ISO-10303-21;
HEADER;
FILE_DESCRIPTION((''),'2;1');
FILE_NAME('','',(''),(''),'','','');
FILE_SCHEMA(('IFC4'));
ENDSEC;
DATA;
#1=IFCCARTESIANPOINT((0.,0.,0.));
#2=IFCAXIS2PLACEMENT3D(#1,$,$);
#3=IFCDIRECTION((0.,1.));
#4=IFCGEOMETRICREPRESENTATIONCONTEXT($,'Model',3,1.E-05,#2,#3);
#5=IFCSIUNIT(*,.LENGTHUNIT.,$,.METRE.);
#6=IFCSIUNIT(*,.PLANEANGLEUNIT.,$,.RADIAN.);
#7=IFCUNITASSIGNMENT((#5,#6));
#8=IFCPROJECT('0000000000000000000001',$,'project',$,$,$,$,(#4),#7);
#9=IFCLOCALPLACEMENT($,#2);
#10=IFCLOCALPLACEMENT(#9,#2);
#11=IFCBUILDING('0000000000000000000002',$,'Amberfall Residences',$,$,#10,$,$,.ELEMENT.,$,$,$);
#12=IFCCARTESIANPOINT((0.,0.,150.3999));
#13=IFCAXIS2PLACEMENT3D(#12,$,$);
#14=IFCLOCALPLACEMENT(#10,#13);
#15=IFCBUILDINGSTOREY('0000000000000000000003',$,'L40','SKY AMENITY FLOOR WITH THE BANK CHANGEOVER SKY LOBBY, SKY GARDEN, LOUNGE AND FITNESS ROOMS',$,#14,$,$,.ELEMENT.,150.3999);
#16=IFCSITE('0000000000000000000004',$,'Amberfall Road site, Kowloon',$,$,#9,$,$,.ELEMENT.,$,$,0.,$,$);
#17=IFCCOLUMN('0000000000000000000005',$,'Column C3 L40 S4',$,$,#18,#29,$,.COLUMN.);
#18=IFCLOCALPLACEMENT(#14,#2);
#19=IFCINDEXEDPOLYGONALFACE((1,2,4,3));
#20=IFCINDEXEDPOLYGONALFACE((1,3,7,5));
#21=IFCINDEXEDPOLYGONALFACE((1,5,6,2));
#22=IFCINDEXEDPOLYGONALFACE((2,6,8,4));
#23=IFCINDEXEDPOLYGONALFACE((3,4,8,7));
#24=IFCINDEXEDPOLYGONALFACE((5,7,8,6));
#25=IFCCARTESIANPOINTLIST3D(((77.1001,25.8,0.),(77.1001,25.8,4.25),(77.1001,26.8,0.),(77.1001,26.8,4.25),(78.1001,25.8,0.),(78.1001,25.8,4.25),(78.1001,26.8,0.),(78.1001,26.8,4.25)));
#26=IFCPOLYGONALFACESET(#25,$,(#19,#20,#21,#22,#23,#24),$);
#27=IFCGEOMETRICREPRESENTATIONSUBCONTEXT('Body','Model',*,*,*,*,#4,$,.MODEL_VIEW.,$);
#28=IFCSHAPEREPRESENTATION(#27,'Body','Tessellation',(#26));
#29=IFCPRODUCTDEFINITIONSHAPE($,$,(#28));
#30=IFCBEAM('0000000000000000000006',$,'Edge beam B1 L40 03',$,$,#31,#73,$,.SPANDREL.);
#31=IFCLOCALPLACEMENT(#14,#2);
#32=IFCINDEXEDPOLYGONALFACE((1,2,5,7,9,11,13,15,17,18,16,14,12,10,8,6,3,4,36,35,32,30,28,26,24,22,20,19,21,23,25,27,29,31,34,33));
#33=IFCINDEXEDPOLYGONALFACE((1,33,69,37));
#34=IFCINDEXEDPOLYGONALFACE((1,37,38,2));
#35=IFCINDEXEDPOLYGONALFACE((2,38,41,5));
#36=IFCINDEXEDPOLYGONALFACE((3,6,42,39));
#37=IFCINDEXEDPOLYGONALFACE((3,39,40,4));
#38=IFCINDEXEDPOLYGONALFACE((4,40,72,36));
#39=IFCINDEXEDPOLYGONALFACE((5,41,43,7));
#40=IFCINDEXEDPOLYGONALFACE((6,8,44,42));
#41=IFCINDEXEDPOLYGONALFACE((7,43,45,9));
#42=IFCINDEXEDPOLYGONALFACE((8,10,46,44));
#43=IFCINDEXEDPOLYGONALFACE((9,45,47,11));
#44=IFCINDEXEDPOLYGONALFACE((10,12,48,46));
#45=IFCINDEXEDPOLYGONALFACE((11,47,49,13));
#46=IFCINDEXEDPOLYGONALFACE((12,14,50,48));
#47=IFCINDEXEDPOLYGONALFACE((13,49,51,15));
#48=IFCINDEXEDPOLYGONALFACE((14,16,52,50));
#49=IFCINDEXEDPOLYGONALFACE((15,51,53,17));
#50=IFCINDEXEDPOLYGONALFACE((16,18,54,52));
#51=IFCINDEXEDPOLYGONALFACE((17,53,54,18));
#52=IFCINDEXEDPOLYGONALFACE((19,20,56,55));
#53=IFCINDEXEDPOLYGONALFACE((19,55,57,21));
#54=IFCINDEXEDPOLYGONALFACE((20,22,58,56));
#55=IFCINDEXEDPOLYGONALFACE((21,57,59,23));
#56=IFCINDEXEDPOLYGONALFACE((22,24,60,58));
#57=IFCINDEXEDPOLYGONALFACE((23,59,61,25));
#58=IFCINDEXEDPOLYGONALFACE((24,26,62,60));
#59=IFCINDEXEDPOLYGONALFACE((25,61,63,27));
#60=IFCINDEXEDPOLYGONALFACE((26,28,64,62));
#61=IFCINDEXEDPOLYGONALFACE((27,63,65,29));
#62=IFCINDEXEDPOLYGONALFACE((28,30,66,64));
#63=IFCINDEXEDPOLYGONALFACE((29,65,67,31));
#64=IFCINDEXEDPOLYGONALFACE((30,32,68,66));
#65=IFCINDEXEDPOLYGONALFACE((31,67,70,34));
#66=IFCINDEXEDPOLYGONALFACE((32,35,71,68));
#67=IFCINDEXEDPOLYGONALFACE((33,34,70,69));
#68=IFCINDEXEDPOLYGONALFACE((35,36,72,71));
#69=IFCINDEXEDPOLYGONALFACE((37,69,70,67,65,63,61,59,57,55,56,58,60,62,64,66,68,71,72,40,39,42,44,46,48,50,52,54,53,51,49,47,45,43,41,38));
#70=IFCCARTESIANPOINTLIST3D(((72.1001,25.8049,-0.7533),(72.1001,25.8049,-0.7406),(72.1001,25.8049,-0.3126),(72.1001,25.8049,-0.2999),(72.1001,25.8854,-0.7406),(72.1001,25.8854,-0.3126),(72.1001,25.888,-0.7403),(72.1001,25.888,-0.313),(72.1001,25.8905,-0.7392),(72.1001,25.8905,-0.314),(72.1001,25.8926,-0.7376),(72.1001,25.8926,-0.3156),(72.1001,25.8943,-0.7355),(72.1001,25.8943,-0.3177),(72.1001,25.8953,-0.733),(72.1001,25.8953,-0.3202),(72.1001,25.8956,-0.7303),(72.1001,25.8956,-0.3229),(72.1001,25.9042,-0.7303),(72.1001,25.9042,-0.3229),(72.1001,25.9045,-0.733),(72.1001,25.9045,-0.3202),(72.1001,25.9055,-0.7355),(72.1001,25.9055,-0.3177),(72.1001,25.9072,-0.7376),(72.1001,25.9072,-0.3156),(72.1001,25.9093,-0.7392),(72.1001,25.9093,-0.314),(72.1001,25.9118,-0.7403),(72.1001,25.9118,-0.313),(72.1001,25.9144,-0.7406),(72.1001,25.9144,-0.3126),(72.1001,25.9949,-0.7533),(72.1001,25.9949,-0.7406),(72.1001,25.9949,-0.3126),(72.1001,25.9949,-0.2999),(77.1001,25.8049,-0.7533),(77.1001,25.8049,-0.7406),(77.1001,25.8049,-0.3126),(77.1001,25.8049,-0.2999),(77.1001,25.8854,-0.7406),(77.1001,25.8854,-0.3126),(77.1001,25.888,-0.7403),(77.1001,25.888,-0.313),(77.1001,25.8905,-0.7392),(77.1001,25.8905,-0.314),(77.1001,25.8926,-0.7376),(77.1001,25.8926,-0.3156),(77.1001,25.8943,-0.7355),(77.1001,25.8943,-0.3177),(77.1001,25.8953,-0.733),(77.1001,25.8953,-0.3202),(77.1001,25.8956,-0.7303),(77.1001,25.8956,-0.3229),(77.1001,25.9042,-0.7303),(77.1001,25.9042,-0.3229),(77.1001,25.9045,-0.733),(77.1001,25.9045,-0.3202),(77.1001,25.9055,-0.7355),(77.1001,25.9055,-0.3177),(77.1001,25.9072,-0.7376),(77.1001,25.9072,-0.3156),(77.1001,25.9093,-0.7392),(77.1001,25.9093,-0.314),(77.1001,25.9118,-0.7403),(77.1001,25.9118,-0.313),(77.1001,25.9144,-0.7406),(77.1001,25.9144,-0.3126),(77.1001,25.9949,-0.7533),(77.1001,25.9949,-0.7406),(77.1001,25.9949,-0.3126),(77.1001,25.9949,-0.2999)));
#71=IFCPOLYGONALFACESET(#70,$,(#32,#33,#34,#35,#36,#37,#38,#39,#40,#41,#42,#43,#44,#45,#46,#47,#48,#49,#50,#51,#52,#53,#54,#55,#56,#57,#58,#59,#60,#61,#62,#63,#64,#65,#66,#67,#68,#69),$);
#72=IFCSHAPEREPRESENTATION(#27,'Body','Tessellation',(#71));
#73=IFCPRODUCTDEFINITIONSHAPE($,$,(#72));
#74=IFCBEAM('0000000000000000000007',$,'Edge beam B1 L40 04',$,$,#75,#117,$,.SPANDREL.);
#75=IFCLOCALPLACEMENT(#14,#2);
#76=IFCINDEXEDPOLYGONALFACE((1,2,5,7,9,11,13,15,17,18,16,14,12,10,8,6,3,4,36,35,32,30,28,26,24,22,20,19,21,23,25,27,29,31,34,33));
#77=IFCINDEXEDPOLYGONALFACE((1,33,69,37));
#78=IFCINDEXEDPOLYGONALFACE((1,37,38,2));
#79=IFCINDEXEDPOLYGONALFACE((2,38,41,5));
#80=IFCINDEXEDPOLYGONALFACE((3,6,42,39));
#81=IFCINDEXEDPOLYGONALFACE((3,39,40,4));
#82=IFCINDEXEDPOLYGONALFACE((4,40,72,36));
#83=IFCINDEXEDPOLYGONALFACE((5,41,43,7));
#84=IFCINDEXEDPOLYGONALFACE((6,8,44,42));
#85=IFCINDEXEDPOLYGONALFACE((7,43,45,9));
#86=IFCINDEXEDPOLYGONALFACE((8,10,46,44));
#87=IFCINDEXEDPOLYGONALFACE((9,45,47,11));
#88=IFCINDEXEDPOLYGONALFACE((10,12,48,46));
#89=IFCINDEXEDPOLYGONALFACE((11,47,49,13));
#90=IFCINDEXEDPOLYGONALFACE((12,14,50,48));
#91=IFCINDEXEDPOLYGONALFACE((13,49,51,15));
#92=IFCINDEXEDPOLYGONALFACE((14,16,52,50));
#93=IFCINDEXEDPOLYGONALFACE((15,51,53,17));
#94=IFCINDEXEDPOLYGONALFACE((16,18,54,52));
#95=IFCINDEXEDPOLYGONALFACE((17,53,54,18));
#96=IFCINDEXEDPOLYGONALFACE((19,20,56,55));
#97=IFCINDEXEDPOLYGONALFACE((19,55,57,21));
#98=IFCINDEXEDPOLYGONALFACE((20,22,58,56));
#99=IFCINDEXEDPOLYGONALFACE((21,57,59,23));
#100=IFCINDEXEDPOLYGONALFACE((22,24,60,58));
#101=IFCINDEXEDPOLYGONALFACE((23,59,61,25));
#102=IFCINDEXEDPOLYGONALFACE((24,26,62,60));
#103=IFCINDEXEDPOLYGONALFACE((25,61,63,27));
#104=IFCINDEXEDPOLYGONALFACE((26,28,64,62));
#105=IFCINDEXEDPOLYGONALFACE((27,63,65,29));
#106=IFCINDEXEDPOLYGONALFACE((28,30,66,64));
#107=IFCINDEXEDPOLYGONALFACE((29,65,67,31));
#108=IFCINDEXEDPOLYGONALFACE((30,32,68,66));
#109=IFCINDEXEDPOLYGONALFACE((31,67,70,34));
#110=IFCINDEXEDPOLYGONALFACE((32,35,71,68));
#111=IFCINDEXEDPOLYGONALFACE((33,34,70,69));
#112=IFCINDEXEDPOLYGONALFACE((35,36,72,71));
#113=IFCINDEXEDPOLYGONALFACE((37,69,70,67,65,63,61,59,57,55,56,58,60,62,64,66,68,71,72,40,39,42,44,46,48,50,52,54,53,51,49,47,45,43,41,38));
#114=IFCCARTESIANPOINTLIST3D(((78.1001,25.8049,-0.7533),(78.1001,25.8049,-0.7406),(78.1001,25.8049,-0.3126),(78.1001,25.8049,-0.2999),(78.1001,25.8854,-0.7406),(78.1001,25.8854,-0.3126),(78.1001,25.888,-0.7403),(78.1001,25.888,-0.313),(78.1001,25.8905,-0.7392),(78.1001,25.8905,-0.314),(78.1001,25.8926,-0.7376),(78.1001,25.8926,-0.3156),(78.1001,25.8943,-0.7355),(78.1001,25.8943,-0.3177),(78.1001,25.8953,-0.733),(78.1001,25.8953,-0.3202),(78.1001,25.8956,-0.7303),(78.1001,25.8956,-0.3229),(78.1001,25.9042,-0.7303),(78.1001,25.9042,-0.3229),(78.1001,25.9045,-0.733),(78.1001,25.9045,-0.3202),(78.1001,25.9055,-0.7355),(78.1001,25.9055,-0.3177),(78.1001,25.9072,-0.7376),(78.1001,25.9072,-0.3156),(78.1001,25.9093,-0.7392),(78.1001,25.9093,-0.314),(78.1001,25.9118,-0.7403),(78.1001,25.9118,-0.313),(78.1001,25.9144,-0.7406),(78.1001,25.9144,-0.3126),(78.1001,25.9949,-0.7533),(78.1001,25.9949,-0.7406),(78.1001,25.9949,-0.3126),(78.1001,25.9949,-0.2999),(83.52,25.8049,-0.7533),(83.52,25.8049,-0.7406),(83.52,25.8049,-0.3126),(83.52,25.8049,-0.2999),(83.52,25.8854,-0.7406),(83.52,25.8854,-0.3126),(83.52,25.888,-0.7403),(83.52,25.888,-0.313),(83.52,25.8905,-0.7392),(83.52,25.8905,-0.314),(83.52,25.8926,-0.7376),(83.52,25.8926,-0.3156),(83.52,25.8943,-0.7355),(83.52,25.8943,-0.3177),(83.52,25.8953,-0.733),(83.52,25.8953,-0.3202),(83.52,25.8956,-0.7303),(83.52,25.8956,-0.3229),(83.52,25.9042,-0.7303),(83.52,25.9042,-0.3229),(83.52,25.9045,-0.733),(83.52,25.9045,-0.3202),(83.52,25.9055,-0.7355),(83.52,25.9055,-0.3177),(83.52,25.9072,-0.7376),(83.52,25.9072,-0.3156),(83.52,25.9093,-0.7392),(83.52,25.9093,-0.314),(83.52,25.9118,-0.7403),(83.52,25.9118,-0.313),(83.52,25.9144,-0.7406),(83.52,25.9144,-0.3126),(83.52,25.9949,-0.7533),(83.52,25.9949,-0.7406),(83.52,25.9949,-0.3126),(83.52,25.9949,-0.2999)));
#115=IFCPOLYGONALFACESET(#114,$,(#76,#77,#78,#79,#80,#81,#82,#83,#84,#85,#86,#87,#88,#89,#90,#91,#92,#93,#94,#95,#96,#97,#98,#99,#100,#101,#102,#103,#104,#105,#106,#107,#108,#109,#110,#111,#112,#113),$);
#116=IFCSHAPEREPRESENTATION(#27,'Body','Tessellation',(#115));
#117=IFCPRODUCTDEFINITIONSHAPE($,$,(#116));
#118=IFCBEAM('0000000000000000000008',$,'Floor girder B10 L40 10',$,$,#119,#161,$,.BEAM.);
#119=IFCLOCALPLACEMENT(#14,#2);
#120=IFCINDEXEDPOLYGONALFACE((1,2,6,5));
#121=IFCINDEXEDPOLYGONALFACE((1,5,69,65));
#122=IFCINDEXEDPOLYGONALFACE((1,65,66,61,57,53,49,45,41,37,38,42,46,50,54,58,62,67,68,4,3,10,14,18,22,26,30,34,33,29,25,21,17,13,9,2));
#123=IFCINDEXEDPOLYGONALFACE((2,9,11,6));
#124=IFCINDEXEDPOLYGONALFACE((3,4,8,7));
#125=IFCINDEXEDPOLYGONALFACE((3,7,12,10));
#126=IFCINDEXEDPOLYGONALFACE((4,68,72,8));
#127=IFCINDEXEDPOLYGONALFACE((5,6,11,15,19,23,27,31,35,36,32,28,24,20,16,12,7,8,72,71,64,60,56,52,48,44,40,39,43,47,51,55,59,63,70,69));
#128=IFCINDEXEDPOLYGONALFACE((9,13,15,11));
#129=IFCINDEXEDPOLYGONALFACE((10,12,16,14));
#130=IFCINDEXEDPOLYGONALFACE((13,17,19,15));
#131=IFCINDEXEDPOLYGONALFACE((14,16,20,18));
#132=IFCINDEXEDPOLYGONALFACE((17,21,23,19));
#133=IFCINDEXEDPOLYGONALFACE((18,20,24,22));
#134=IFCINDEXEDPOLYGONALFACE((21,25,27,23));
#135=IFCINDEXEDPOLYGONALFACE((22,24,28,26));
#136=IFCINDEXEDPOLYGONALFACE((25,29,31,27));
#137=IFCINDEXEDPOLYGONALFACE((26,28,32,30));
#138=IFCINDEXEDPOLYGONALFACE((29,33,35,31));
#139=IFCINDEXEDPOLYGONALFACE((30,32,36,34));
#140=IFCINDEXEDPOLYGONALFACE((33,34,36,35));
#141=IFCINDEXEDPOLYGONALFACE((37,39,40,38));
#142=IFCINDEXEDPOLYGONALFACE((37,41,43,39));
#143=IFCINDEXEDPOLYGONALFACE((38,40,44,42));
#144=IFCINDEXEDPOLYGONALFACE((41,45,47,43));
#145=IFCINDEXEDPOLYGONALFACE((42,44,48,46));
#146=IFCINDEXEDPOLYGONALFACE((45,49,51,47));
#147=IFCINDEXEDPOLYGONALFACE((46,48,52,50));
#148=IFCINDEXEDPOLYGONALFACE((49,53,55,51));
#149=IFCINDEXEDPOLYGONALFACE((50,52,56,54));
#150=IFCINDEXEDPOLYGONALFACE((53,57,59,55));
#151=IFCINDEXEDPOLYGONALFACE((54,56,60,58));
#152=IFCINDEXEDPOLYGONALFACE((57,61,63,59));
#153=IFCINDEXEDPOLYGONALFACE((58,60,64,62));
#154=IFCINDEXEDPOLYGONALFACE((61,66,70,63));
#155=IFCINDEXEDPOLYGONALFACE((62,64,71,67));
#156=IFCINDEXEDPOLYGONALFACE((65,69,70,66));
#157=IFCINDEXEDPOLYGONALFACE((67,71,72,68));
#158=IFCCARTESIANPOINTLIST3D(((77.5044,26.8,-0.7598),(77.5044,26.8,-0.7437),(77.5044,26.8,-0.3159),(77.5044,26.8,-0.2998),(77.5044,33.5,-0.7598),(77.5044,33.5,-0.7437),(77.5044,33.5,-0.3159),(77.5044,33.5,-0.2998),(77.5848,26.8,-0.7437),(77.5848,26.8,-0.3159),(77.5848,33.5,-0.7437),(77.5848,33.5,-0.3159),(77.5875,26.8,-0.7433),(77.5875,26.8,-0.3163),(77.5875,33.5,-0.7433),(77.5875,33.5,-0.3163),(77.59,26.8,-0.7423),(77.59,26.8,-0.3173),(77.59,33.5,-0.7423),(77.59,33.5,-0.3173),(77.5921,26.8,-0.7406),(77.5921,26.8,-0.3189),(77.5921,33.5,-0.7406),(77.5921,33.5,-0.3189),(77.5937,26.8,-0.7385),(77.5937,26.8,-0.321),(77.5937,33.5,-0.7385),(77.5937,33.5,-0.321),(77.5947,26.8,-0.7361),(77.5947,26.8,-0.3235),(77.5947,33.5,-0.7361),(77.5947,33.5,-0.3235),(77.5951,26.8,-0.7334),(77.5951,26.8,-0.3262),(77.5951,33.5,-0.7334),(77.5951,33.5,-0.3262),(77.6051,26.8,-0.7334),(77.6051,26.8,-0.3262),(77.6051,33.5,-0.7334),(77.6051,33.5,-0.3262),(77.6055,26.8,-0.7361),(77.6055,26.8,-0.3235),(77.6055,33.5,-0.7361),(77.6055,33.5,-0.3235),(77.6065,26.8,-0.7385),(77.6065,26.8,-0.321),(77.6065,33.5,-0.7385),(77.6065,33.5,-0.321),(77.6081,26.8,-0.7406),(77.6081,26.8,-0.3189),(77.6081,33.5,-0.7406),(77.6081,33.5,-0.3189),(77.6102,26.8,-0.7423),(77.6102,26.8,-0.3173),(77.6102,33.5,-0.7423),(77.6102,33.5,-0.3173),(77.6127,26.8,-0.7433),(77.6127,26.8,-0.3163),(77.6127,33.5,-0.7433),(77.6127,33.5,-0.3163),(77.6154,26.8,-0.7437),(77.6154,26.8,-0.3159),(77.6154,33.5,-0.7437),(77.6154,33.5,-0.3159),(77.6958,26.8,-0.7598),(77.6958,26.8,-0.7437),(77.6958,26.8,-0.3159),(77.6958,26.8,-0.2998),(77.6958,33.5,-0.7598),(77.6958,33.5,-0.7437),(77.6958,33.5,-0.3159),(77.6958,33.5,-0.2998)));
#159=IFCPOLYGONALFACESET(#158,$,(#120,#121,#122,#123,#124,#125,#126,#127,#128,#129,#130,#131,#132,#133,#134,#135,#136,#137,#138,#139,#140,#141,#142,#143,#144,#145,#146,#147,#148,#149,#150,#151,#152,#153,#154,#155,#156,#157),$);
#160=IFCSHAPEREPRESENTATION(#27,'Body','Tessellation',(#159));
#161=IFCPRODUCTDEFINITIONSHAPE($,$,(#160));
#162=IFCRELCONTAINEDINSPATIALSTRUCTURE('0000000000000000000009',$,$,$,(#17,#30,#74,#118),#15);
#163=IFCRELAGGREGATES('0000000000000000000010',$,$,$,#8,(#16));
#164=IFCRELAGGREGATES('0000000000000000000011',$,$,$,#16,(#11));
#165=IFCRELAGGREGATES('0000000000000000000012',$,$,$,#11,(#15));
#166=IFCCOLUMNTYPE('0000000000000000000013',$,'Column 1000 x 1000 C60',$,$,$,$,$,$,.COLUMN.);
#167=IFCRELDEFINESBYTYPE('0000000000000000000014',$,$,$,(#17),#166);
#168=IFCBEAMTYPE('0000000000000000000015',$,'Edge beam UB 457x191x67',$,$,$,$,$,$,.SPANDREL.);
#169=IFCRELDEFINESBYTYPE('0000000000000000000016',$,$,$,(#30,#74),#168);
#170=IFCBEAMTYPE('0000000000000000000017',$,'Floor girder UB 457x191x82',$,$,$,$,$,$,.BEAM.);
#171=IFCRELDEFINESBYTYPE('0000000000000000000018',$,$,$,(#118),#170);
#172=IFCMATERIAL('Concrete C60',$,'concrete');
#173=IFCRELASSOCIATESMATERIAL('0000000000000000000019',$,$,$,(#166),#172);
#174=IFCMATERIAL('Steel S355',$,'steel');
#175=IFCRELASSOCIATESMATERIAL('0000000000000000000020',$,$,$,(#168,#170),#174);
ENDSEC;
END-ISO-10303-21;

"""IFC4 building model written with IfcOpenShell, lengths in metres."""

from ifc_helpers import new_model, si_unit, direction, frame, origin, origin_2d, place, context, subcontext, project, spatial, rectangle, i_section, extrude, material, material_profile, profile_set, type_object, element, save


model = new_model("IFC4")

# Units and contexts
model_context = context("Model", 3, precision=1e-05, world=origin(), true_north=direction((0.0, 1.0)))
body_context = subcontext(model_context, "Body", "Model", "MODEL_VIEW")
ifc_project = project(units=[si_unit("LENGTHUNIT", "METRE"), si_unit("PLANEANGLEUNIT", "RADIAN")], contexts=[model_context])

# Site, building, storey
site_placement = place(None, origin())
site = spatial("IfcSite", under=ifc_project, at=site_placement, Name="Amberfall Road site, Kowloon", CompositionType="ELEMENT", RefElevation=0.0)
building_placement = place(site_placement, origin())
building = spatial("IfcBuilding", under=site, at=building_placement, Name="Amberfall Residences", CompositionType="ELEMENT")
storey_placement = place(building_placement, frame((0.0, 0.0, 150.3999)))
storey = spatial("IfcBuildingStorey", under=building, at=storey_placement, Name="L40", Description="SKY AMENITY FLOOR WITH THE BANK CHANGEOVER SKY LOBBY, SKY GARDEN, LOUNGE AND FITNESS ROOMS", CompositionType="ELEMENT", Elevation=150.3999)

# Column
ifc_material_1 = material(Name="Concrete C60", Category="concrete")
ifc_material_profile_1 = material_profile(ifc_material_1, rectangle(XDim=1.0, YDim=1.0, at=origin_2d()), Name="Column 1000 x 1000 C60")
ifc_profile_set_1 = profile_set([ifc_material_profile_1], Name="Concrete C60")
column_type = type_object("IfcColumnType", Name="Column 1000 x 1000 C60", PredefinedType="COLUMN", material=ifc_profile_set_1)
column_placement = place(storey_placement, frame((77.6001, 26.3, 0.0), z_axis=(0.0, 0.0, 1.0), x_axis=(1.0, 0.0, 0.0)))
element("IfcColumn", 1, at=column_placement, inside=storey, type_object=column_type, Name="Column C3 L40 S4", PredefinedType="COLUMN", context=body_context, shape_type="SweptSolid", body=[
    extrude(rectangle(XDim=1.0, YDim=1.0, at=origin_2d()), origin(), (0.0, 0.0, 1.0), 4.25),
])

# Beams
ifc_material_2 = material(Name="Steel S355", Category="steel")
ifc_material_profile_2 = material_profile(ifc_material_2, i_section(OverallWidth=0.1899, OverallDepth=0.4534, WebThickness=0.0085, FlangeThickness=0.0127, FilletRadius=0.0103, at=origin_2d()), Name="UB 457x191x67")
ifc_profile_set_2 = profile_set([ifc_material_profile_2], Name="Steel S355")
beam_type_1 = type_object("IfcBeamType", Name="Edge beam UB 457x191x67", PredefinedType="SPANDREL", material=ifc_profile_set_2)
beam_1_placement = place(storey_placement, frame((72.1001, 25.8999, -0.5266), z_axis=(1.0, 0.0, 0.0), x_axis=(0.0, 1.0, 0.0)))
element("IfcBeam", 2, at=beam_1_placement, inside=storey, type_object=beam_type_1, Name="Edge beam B1 L40 03", PredefinedType="SPANDREL", context=body_context, shape_type="SweptSolid", body=[
    extrude(i_section(OverallWidth=0.1899, OverallDepth=0.4534, WebThickness=0.0085, FlangeThickness=0.0127, FilletRadius=0.0103, at=origin_2d()), origin(), (0.0, 0.0, 1.0), 5.0),
])
beam_2_placement = place(storey_placement, frame((78.1001, 25.8999, -0.5266), z_axis=(1.0, 0.0, 0.0), x_axis=(0.0, 1.0, 0.0)))
element("IfcBeam", 3, at=beam_2_placement, inside=storey, type_object=beam_type_1, Name="Edge beam B1 L40 04", PredefinedType="SPANDREL", context=body_context, shape_type="SweptSolid", body=[
    extrude(i_section(OverallWidth=0.1899, OverallDepth=0.4534, WebThickness=0.0085, FlangeThickness=0.0127, FilletRadius=0.0103, at=origin_2d()), origin(), (0.0, 0.0, 1.0), 5.4199),
])
ifc_material_profile_3 = material_profile(ifc_material_2, i_section(OverallWidth=0.1914, OverallDepth=0.46, WebThickness=0.01, FlangeThickness=0.0161, FilletRadius=0.0103, at=origin_2d()), Name="UB 457x191x82")
ifc_profile_set_3 = profile_set([ifc_material_profile_3], Name="Steel S355")
beam_type_2 = type_object("IfcBeamType", Name="Floor girder UB 457x191x82", PredefinedType="BEAM", material=ifc_profile_set_3)
beam_3_placement = place(storey_placement, frame((77.6001, 26.8, -0.5298), z_axis=(0.0, 1.0, 0.0), x_axis=(-1.0, 0.0, 0.0)))
element("IfcBeam", 4, at=beam_3_placement, inside=storey, type_object=beam_type_2, Name="Floor girder B10 L40 10", PredefinedType="BEAM", context=body_context, shape_type="SweptSolid", body=[
    extrude(i_section(OverallWidth=0.1914, OverallDepth=0.46, WebThickness=0.01, FlangeThickness=0.0161, FilletRadius=0.0103, at=origin_2d()), origin(), (0.0, 0.0, 1.0), 6.7),
])

save(model, "model.ifc")
